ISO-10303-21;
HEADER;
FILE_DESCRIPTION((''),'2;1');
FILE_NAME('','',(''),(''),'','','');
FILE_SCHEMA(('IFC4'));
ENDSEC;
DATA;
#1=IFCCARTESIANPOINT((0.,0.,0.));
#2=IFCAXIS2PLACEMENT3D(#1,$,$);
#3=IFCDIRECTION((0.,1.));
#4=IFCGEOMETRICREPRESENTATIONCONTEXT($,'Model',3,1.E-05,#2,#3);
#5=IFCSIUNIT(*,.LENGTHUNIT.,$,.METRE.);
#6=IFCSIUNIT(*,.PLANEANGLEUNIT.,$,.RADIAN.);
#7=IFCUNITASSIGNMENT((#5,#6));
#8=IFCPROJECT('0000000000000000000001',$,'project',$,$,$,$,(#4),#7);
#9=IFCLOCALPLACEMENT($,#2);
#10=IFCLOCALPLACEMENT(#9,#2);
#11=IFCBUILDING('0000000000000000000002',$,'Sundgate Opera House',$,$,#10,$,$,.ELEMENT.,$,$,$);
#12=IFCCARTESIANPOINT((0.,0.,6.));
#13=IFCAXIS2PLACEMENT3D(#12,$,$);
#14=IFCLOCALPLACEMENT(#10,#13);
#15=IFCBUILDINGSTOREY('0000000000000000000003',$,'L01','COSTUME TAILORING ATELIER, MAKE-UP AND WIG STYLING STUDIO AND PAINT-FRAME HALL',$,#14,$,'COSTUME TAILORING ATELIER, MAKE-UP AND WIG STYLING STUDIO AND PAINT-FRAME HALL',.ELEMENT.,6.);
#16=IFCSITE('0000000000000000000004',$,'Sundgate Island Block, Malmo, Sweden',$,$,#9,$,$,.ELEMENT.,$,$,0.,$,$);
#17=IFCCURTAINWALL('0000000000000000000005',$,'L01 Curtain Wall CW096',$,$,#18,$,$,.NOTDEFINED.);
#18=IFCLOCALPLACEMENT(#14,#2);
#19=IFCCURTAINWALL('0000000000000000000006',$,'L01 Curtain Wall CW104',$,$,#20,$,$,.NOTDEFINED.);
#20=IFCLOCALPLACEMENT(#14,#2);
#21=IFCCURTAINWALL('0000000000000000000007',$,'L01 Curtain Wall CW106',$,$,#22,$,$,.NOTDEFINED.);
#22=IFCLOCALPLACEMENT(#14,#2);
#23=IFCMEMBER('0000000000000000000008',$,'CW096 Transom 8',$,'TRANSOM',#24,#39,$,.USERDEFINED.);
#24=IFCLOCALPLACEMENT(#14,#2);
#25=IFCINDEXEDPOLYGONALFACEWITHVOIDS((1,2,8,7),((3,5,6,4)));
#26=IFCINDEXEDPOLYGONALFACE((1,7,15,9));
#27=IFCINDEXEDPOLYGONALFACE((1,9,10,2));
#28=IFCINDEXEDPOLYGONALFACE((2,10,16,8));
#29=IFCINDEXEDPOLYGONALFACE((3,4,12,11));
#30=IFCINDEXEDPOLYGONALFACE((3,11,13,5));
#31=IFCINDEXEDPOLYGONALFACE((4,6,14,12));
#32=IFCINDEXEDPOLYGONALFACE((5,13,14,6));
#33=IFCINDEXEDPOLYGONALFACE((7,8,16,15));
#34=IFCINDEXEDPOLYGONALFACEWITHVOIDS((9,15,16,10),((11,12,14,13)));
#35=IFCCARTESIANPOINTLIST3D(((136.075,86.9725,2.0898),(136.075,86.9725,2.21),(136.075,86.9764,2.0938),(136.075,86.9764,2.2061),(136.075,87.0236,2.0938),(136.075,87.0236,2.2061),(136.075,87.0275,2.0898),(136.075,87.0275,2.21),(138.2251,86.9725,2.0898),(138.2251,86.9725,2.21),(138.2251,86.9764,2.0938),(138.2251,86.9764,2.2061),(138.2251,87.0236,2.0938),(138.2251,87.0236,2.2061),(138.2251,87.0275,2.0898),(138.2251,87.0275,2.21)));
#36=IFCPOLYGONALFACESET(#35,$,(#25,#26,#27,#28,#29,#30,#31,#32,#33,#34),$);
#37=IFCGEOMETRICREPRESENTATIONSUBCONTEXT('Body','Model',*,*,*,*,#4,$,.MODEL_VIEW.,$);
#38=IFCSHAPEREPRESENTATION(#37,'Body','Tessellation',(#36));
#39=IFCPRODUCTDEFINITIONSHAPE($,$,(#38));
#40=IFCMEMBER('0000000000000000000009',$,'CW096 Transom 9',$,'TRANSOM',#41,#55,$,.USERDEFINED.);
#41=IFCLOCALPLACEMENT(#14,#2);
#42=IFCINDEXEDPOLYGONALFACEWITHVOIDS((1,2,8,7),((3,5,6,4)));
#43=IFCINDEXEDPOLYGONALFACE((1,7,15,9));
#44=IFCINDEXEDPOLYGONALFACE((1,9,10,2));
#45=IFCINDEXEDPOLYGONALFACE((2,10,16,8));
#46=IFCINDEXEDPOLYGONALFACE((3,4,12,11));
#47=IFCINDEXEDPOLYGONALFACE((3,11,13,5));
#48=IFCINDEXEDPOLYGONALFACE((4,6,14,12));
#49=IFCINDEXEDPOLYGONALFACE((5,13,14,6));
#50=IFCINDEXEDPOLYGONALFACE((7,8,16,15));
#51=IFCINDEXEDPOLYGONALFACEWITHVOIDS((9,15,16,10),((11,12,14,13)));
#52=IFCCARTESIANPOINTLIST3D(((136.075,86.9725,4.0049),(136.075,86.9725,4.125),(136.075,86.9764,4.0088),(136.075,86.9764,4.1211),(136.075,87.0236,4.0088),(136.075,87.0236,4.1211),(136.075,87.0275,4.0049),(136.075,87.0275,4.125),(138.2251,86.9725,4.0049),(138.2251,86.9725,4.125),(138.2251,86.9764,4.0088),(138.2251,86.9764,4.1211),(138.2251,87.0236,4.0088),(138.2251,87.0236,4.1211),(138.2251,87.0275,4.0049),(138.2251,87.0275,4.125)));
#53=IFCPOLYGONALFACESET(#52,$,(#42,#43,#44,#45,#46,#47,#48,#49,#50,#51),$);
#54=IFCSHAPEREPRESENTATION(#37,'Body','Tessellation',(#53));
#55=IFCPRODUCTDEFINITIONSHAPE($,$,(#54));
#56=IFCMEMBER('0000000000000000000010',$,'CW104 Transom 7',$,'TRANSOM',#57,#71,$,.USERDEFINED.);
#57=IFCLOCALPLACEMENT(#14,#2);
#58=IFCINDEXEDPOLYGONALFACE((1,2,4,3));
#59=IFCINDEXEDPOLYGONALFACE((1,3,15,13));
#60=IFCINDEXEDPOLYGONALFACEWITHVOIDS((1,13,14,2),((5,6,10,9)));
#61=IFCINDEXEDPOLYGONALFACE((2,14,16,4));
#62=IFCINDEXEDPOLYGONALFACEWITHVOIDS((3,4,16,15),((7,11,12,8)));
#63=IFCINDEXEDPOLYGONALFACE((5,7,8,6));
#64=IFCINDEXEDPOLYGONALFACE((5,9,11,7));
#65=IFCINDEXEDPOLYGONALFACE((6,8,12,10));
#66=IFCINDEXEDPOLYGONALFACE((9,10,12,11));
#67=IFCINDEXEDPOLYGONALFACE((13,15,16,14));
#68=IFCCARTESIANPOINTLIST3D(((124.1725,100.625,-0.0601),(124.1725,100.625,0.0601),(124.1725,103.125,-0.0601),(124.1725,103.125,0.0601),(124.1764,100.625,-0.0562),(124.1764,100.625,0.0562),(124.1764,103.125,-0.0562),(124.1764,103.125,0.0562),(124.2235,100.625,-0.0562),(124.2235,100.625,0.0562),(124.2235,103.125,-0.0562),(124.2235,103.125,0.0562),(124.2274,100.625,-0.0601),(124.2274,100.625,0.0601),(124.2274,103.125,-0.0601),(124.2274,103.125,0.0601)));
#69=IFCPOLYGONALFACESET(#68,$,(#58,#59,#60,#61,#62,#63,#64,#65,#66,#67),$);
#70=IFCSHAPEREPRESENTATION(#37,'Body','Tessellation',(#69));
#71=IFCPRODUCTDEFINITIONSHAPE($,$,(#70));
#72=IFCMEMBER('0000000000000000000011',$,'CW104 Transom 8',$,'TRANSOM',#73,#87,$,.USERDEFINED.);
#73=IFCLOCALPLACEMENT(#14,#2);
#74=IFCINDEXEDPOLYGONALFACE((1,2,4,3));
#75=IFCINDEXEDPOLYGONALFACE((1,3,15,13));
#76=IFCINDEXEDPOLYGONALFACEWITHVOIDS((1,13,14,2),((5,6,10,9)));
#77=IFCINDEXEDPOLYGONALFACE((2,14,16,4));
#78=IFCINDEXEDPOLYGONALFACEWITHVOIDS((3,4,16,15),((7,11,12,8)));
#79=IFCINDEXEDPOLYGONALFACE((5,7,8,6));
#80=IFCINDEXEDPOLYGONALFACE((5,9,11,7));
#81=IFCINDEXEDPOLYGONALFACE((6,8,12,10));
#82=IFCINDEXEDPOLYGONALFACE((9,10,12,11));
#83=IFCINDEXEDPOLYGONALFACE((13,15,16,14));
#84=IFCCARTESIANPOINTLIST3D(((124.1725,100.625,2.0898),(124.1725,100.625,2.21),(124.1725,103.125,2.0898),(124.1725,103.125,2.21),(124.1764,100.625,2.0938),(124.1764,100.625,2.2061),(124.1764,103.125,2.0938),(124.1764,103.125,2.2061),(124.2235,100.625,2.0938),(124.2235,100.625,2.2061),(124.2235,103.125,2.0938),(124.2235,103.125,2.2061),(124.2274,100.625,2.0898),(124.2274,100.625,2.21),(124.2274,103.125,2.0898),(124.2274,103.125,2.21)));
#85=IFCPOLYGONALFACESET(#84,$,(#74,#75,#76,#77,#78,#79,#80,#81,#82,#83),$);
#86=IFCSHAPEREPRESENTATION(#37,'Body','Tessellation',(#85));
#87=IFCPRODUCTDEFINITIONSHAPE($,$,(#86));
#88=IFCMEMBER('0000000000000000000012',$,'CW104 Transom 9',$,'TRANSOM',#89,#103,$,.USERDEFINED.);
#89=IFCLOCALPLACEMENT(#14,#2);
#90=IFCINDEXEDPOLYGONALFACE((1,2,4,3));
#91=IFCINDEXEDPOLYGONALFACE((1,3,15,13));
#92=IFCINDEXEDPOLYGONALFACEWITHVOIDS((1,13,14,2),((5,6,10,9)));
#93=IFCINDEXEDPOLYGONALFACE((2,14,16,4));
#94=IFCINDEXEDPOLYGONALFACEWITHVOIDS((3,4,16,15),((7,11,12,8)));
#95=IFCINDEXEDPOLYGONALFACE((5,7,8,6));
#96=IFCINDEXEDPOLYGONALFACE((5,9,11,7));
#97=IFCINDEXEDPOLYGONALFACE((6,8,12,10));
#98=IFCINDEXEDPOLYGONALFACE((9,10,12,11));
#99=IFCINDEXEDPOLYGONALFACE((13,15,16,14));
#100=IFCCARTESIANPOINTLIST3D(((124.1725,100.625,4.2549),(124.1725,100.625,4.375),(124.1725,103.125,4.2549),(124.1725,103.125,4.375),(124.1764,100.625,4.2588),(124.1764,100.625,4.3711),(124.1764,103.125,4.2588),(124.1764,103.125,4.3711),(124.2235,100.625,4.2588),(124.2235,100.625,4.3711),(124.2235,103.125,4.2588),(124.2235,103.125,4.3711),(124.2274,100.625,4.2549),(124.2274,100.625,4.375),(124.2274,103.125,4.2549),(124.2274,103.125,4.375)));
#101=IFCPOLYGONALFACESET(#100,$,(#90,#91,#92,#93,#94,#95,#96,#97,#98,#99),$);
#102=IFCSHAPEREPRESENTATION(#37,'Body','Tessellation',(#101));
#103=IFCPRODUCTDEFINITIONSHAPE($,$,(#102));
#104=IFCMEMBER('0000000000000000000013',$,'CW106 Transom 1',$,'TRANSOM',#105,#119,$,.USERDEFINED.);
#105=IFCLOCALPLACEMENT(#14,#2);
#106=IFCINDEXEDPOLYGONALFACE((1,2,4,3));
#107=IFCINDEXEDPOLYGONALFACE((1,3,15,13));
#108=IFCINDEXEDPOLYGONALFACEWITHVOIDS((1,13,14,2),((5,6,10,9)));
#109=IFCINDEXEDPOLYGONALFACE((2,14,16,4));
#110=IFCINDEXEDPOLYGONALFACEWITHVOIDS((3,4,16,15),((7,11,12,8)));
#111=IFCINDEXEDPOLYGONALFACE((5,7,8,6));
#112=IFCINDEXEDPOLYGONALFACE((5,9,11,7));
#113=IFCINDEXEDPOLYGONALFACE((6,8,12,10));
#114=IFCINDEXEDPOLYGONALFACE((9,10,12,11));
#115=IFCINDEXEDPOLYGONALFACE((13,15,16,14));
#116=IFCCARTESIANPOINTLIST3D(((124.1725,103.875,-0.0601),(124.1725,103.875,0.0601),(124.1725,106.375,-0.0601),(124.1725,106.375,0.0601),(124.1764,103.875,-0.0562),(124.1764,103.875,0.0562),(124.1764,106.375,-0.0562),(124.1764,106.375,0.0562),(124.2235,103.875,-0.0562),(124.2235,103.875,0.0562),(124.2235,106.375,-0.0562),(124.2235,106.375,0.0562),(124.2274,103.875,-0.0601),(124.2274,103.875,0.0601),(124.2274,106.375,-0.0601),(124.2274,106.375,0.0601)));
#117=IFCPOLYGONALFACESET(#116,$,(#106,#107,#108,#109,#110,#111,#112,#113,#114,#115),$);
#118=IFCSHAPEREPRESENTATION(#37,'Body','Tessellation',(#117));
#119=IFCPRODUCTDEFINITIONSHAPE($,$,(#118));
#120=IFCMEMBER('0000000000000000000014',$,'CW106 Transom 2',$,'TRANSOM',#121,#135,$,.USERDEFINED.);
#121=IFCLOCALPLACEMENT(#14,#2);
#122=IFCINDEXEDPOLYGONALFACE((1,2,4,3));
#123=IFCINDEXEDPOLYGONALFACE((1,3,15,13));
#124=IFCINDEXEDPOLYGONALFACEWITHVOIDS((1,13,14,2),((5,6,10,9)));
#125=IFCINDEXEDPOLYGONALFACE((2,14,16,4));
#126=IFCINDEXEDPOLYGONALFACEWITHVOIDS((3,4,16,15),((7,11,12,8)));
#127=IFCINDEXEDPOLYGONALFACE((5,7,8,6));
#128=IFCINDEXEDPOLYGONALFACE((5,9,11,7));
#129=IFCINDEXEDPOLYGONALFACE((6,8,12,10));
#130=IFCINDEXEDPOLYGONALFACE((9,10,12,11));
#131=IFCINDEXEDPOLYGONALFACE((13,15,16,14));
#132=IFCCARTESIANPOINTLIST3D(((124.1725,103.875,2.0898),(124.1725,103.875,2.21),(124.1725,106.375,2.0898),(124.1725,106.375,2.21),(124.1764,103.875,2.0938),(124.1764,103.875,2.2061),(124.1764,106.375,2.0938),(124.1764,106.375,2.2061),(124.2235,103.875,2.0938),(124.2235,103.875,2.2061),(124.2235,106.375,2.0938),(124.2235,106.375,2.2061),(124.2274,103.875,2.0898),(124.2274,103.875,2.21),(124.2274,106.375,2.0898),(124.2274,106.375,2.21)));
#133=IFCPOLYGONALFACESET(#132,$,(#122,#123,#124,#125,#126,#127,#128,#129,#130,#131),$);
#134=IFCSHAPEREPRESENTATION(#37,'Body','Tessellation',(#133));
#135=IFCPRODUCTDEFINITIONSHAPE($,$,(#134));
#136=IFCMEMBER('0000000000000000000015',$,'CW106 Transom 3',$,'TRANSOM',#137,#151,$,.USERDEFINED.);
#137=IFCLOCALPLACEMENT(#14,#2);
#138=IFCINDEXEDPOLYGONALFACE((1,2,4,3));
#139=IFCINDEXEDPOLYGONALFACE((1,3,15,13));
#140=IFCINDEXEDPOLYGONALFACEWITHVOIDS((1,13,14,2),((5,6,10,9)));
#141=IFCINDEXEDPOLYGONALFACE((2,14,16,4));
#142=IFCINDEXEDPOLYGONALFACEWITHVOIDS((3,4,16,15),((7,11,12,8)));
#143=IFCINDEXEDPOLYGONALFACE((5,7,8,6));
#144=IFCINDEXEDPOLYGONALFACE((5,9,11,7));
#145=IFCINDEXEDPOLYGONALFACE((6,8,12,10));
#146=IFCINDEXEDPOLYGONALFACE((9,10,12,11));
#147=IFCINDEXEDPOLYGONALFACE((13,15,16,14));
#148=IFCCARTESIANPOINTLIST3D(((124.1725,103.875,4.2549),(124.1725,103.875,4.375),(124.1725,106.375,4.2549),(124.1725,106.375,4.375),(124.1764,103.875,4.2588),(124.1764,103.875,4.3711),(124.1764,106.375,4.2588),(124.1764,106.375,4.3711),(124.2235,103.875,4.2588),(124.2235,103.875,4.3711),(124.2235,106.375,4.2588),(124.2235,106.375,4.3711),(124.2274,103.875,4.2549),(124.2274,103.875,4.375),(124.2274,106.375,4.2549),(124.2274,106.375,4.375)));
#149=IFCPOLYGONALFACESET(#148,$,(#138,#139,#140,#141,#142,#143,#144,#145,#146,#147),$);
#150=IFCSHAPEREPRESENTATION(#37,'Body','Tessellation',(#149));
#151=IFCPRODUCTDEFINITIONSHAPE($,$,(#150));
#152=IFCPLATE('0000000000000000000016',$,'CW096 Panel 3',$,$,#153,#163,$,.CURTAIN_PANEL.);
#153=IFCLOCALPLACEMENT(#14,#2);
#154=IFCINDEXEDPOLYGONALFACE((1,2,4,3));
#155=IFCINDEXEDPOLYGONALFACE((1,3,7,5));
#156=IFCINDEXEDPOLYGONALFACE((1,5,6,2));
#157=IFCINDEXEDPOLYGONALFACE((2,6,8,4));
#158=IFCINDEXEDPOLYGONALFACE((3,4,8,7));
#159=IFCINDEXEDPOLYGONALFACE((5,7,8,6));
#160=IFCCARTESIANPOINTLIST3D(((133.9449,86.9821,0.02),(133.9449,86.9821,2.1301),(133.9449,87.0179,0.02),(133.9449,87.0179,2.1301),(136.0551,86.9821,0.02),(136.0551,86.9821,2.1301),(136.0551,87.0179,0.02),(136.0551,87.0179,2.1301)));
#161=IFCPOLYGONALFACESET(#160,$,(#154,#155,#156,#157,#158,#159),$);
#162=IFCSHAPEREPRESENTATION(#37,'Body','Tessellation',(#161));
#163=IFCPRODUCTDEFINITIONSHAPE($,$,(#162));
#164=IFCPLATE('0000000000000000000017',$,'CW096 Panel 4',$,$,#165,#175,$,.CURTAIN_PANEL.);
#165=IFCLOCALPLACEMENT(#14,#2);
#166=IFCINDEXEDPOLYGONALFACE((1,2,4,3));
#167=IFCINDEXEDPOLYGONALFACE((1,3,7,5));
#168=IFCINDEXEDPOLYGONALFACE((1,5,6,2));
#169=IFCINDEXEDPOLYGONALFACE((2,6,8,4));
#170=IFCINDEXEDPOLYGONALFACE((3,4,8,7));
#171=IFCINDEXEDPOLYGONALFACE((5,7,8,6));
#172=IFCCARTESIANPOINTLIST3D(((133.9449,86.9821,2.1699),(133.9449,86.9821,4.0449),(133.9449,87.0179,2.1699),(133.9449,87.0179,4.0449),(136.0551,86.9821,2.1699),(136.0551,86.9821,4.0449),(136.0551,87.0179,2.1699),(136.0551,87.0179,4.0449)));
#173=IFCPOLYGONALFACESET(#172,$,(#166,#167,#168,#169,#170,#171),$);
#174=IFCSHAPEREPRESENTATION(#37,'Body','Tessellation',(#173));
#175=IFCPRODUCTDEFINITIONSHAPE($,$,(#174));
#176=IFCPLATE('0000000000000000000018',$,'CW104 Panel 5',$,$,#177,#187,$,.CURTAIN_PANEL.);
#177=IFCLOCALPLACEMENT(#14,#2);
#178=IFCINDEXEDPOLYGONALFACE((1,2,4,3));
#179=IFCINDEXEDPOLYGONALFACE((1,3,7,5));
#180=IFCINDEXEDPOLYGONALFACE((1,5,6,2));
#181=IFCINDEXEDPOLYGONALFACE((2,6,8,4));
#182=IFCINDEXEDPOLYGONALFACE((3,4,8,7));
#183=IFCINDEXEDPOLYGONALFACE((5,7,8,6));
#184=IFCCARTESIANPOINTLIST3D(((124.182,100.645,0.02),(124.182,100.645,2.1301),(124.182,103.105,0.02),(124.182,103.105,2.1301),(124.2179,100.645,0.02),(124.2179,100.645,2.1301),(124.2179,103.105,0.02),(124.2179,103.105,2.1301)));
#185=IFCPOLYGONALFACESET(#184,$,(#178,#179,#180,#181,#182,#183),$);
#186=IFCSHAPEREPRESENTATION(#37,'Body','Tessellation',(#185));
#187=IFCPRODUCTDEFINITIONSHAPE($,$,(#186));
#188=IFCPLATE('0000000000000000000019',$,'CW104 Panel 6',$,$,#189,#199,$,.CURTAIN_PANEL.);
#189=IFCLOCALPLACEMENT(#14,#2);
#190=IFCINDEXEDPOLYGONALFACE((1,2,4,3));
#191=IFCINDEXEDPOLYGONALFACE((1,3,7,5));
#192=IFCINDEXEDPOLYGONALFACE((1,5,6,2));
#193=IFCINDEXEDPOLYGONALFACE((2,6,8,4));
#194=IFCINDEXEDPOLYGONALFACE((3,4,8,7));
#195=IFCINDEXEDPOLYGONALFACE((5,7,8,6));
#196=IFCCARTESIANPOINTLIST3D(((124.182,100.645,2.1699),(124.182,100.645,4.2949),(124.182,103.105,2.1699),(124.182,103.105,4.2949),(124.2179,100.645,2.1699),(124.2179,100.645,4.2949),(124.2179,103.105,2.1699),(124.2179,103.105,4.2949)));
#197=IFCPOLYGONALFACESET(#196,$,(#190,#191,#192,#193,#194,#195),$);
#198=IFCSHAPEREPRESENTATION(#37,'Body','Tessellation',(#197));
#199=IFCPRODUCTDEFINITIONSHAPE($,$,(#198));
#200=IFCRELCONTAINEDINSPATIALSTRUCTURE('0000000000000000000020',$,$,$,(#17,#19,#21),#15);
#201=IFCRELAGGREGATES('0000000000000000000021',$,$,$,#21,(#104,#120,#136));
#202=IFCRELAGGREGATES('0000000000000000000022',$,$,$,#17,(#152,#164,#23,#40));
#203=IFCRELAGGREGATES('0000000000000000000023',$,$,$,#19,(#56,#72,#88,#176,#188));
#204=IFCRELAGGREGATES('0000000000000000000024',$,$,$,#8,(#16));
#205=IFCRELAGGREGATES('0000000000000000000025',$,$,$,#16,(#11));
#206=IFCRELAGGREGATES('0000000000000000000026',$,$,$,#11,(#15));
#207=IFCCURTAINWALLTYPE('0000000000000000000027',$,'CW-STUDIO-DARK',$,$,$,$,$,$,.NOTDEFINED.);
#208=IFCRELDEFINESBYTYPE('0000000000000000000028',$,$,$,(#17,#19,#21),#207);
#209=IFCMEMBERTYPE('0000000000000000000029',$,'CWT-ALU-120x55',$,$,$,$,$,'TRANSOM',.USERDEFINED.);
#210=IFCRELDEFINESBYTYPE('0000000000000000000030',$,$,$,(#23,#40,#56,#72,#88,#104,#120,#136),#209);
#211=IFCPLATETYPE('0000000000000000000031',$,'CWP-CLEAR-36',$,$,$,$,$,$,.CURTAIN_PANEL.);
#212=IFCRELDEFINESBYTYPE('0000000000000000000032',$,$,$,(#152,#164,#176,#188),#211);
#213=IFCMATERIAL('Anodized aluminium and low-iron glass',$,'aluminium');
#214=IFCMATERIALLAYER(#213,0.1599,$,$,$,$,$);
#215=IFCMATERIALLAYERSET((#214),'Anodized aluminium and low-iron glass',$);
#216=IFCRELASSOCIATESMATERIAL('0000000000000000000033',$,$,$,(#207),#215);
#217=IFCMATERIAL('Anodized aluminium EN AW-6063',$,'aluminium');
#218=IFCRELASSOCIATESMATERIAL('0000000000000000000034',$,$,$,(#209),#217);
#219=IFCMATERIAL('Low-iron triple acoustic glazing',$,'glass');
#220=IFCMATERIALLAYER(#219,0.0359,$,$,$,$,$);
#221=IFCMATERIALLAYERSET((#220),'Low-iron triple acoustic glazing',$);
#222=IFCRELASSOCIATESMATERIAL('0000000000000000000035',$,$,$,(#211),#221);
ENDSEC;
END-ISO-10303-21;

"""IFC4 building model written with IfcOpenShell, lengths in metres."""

from ifc_helpers import new_model, si_unit, direction, frame, origin, origin_2d, place, context, subcontext, project, spatial, rectangle, hollow_rectangle, extrude, material, layer, layer_set, material_profile, profile_set, type_object, element, aggregate, save


model = new_model("IFC4")

# Units and contexts
model_context = context("Model", 3, precision=1e-05, world=origin(), true_north=direction((0.0, 1.0)))
body_context = subcontext(model_context, "Body", "Model", "MODEL_VIEW")
ifc_project = project(units=[si_unit("LENGTHUNIT", "METRE"), si_unit("PLANEANGLEUNIT", "RADIAN")], contexts=[model_context])

# Site, building, storey
site_placement = place(None, origin())
site = spatial("IfcSite", under=ifc_project, at=site_placement, Name="Sundgate Island Block, Malmo, Sweden", CompositionType="ELEMENT", RefElevation=0.0)
building_placement = place(site_placement, origin())
building = spatial("IfcBuilding", under=site, at=building_placement, Name="Sundgate Opera House", CompositionType="ELEMENT")
storey_placement = place(building_placement, frame((0.0, 0.0, 6.0)))
storey = spatial("IfcBuildingStorey", under=building, at=storey_placement, Name="L01", Description="COSTUME TAILORING ATELIER, MAKE-UP AND WIG STYLING STUDIO AND PAINT-FRAME HALL", LongName="COSTUME TAILORING ATELIER, MAKE-UP AND WIG STYLING STUDIO AND PAINT-FRAME HALL", CompositionType="ELEMENT", Elevation=6.0)

# Curtain wall
ifc_material_1 = material(Name="Anodized aluminium and low-iron glass", Category="aluminium")
ifc_layer_1 = layer(ifc_material_1, 0.1599)
ifc_layer_set_1 = layer_set([ifc_layer_1], Name="Anodized aluminium and low-iron glass")
curtain_wall_type = type_object("IfcCurtainWallType", Name="CW-STUDIO-DARK", PredefinedType="NOTDEFINED", material=ifc_layer_set_1)
curtain_wall_1_placement = place(storey_placement, origin())
curtain_wall_1 = element("IfcCurtainWall", 1, at=curtain_wall_1_placement, inside=storey, type_object=curtain_wall_type, Name="L01 Curtain Wall CW096", PredefinedType="NOTDEFINED")

# Curtain walls
curtain_wall_2_placement = place(storey_placement, origin())
curtain_wall_2 = element("IfcCurtainWall", 2, at=curtain_wall_2_placement, inside=storey, type_object=curtain_wall_type, Name="L01 Curtain Wall CW104", PredefinedType="NOTDEFINED")
curtain_wall_3_placement = place(storey_placement, origin())
curtain_wall_3 = element("IfcCurtainWall", 3, at=curtain_wall_3_placement, inside=storey, type_object=curtain_wall_type, Name="L01 Curtain Wall CW106", PredefinedType="NOTDEFINED")

# Members
ifc_material_2 = material(Name="Anodized aluminium EN AW-6063", Category="aluminium")
ifc_material_profile_1 = material_profile(ifc_material_2, hollow_rectangle(XDim=0.0549, YDim=0.1201, WallThickness=0.0039, at=origin_2d()), Name="CWT 120x55x4")
ifc_profile_set_1 = profile_set([ifc_material_profile_1], Name="Anodized aluminium EN AW-6063")
member_type_1 = type_object("IfcMemberType", Name="CWT-ALU-120x55", ElementType="TRANSOM", PredefinedType="USERDEFINED", material=ifc_profile_set_1)
member_1_placement = place(storey_placement, frame((136.075, 87.0, 2.1499), z_axis=(1.0, 0.0, 0.0), x_axis=(0.0, 1.0, 0.0)))
member_1 = element("IfcMember", 4, at=member_1_placement, type_object=member_type_1, Name="CW096 Transom 8", ObjectType="TRANSOM", PredefinedType="USERDEFINED", context=body_context, shape_type="SweptSolid", body=[
    extrude(hollow_rectangle(XDim=0.0549, YDim=0.1201, WallThickness=0.0039, at=origin_2d()), origin(), (0.0, 0.0, 1.0), 2.1501),
])
member_2_placement = place(storey_placement, frame((136.075, 87.0, 4.0649), z_axis=(1.0, 0.0, 0.0), x_axis=(0.0, 1.0, 0.0)))
member_2 = element("IfcMember", 5, at=member_2_placement, type_object=member_type_1, Name="CW096 Transom 9", ObjectType="TRANSOM", PredefinedType="USERDEFINED", context=body_context, shape_type="SweptSolid", body=[
    extrude(hollow_rectangle(XDim=0.0549, YDim=0.1201, WallThickness=0.0039, at=origin_2d()), origin(), (0.0, 0.0, 1.0), 2.1501),
])
member_3_placement = place(storey_placement, frame((124.2, 100.625, 0.0), z_axis=(0.0, 1.0, 0.0), x_axis=(-1.0, 0.0, 0.0)))
member_3 = element("IfcMember", 6, at=member_3_placement, type_object=member_type_1, Name="CW104 Transom 7", ObjectType="TRANSOM", PredefinedType="USERDEFINED", context=body_context, shape_type="SweptSolid", body=[
    extrude(hollow_rectangle(XDim=0.0549, YDim=0.1201, WallThickness=0.0039, at=origin_2d()), origin(), (0.0, 0.0, 1.0), 2.5),
])
member_4_placement = place(storey_placement, frame((124.2, 100.625, 2.1499), z_axis=(0.0, 1.0, 0.0), x_axis=(-1.0, 0.0, 0.0)))
member_4 = element("IfcMember", 7, at=member_4_placement, type_object=member_type_1, Name="CW104 Transom 8", ObjectType="TRANSOM", PredefinedType="USERDEFINED", context=body_context, shape_type="SweptSolid", body=[
    extrude(hollow_rectangle(XDim=0.0549, YDim=0.1201, WallThickness=0.0039, at=origin_2d()), origin(), (0.0, 0.0, 1.0), 2.5),
])
member_5_placement = place(storey_placement, frame((124.2, 100.625, 4.3149), z_axis=(0.0, 1.0, 0.0), x_axis=(-1.0, 0.0, 0.0)))
member_5 = element("IfcMember", 8, at=member_5_placement, type_object=member_type_1, Name="CW104 Transom 9", ObjectType="TRANSOM", PredefinedType="USERDEFINED", context=body_context, shape_type="SweptSolid", body=[
    extrude(hollow_rectangle(XDim=0.0549, YDim=0.1201, WallThickness=0.0039, at=origin_2d()), origin(), (0.0, 0.0, 1.0), 2.5),
])
member_6_placement = place(storey_placement, frame((124.2, 103.875, 0.0), z_axis=(0.0, 1.0, 0.0), x_axis=(-1.0, 0.0, 0.0)))
member_6 = element("IfcMember", 9, at=member_6_placement, type_object=member_type_1, Name="CW106 Transom 1", ObjectType="TRANSOM", PredefinedType="USERDEFINED", context=body_context, shape_type="SweptSolid", body=[
    extrude(hollow_rectangle(XDim=0.0549, YDim=0.1201, WallThickness=0.0039, at=origin_2d()), origin(), (0.0, 0.0, 1.0), 2.5),
])
member_7_placement = place(storey_placement, frame((124.2, 103.875, 2.1499), z_axis=(0.0, 1.0, 0.0), x_axis=(-1.0, 0.0, 0.0)))
member_7 = element("IfcMember", 10, at=member_7_placement, type_object=member_type_1, Name="CW106 Transom 2", ObjectType="TRANSOM", PredefinedType="USERDEFINED", context=body_context, shape_type="SweptSolid", body=[
    extrude(hollow_rectangle(XDim=0.0549, YDim=0.1201, WallThickness=0.0039, at=origin_2d()), origin(), (0.0, 0.0, 1.0), 2.5),
])
member_8_placement = place(storey_placement, frame((124.2, 103.875, 4.3149), z_axis=(0.0, 1.0, 0.0), x_axis=(-1.0, 0.0, 0.0)))
member_8 = element("IfcMember", 11, at=member_8_placement, type_object=member_type_1, Name="CW106 Transom 3", ObjectType="TRANSOM", PredefinedType="USERDEFINED", context=body_context, shape_type="SweptSolid", body=[
    extrude(hollow_rectangle(XDim=0.0549, YDim=0.1201, WallThickness=0.0039, at=origin_2d()), origin(), (0.0, 0.0, 1.0), 2.5),
])
aggregate(curtain_wall_3, [member_6, member_7, member_8])

# Plates
ifc_material_3 = material(Name="Low-iron triple acoustic glazing", Category="glass")
ifc_layer_2 = layer(ifc_material_3, 0.0359)
ifc_layer_set_2 = layer_set([ifc_layer_2], Name="Low-iron triple acoustic glazing")
plate_type = type_object("IfcPlateType", Name="CWP-CLEAR-36", PredefinedType="CURTAIN_PANEL", material=ifc_layer_set_2)
plate_1_placement = place(storey_placement, frame((135.0, 87.0, 0.02), z_axis=(0.0, 0.0, 1.0), x_axis=(1.0, 0.0, 0.0)))
plate_1 = element("IfcPlate", 12, at=plate_1_placement, type_object=plate_type, Name="CW096 Panel 3", PredefinedType="CURTAIN_PANEL", context=body_context, shape_type="SweptSolid", body=[
    extrude(rectangle(XDim=2.1101, YDim=0.0359, at=origin_2d()), origin(), (0.0, 0.0, 1.0), 2.1101),
])
plate_2_placement = place(storey_placement, frame((135.0, 87.0, 2.1699), z_axis=(0.0, 0.0, 1.0), x_axis=(1.0, 0.0, 0.0)))
plate_2 = element("IfcPlate", 13, at=plate_2_placement, type_object=plate_type, Name="CW096 Panel 4", PredefinedType="CURTAIN_PANEL", context=body_context, shape_type="SweptSolid", body=[
    extrude(rectangle(XDim=2.1101, YDim=0.0359, at=origin_2d()), origin(), (0.0, 0.0, 1.0), 1.875),
])
aggregate(curtain_wall_1, [plate_1, plate_2, member_1, member_2])
plate_3_placement = place(storey_placement, frame((124.2, 101.875, 0.02), z_axis=(0.0, 0.0, 1.0), x_axis=(0.0, 1.0, 0.0)))
plate_3 = element("IfcPlate", 14, at=plate_3_placement, type_object=plate_type, Name="CW104 Panel 5", PredefinedType="CURTAIN_PANEL", context=body_context, shape_type="SweptSolid", body=[
    extrude(rectangle(XDim=2.46, YDim=0.0359, at=origin_2d()), origin(), (0.0, 0.0, 1.0), 2.1101),
])
plate_4_placement = place(storey_placement, frame((124.2, 101.875, 2.1699), z_axis=(0.0, 0.0, 1.0), x_axis=(0.0, 1.0, 0.0)))
plate_4 = element("IfcPlate", 15, at=plate_4_placement, type_object=plate_type, Name="CW104 Panel 6", PredefinedType="CURTAIN_PANEL", context=body_context, shape_type="SweptSolid", body=[
    extrude(rectangle(XDim=2.46, YDim=0.0359, at=origin_2d()), origin(), (0.0, 0.0, 1.0), 2.125),
])
aggregate(curtain_wall_2, [member_3, member_4, member_5, plate_3, plate_4])

save(model, "model.ifc")
